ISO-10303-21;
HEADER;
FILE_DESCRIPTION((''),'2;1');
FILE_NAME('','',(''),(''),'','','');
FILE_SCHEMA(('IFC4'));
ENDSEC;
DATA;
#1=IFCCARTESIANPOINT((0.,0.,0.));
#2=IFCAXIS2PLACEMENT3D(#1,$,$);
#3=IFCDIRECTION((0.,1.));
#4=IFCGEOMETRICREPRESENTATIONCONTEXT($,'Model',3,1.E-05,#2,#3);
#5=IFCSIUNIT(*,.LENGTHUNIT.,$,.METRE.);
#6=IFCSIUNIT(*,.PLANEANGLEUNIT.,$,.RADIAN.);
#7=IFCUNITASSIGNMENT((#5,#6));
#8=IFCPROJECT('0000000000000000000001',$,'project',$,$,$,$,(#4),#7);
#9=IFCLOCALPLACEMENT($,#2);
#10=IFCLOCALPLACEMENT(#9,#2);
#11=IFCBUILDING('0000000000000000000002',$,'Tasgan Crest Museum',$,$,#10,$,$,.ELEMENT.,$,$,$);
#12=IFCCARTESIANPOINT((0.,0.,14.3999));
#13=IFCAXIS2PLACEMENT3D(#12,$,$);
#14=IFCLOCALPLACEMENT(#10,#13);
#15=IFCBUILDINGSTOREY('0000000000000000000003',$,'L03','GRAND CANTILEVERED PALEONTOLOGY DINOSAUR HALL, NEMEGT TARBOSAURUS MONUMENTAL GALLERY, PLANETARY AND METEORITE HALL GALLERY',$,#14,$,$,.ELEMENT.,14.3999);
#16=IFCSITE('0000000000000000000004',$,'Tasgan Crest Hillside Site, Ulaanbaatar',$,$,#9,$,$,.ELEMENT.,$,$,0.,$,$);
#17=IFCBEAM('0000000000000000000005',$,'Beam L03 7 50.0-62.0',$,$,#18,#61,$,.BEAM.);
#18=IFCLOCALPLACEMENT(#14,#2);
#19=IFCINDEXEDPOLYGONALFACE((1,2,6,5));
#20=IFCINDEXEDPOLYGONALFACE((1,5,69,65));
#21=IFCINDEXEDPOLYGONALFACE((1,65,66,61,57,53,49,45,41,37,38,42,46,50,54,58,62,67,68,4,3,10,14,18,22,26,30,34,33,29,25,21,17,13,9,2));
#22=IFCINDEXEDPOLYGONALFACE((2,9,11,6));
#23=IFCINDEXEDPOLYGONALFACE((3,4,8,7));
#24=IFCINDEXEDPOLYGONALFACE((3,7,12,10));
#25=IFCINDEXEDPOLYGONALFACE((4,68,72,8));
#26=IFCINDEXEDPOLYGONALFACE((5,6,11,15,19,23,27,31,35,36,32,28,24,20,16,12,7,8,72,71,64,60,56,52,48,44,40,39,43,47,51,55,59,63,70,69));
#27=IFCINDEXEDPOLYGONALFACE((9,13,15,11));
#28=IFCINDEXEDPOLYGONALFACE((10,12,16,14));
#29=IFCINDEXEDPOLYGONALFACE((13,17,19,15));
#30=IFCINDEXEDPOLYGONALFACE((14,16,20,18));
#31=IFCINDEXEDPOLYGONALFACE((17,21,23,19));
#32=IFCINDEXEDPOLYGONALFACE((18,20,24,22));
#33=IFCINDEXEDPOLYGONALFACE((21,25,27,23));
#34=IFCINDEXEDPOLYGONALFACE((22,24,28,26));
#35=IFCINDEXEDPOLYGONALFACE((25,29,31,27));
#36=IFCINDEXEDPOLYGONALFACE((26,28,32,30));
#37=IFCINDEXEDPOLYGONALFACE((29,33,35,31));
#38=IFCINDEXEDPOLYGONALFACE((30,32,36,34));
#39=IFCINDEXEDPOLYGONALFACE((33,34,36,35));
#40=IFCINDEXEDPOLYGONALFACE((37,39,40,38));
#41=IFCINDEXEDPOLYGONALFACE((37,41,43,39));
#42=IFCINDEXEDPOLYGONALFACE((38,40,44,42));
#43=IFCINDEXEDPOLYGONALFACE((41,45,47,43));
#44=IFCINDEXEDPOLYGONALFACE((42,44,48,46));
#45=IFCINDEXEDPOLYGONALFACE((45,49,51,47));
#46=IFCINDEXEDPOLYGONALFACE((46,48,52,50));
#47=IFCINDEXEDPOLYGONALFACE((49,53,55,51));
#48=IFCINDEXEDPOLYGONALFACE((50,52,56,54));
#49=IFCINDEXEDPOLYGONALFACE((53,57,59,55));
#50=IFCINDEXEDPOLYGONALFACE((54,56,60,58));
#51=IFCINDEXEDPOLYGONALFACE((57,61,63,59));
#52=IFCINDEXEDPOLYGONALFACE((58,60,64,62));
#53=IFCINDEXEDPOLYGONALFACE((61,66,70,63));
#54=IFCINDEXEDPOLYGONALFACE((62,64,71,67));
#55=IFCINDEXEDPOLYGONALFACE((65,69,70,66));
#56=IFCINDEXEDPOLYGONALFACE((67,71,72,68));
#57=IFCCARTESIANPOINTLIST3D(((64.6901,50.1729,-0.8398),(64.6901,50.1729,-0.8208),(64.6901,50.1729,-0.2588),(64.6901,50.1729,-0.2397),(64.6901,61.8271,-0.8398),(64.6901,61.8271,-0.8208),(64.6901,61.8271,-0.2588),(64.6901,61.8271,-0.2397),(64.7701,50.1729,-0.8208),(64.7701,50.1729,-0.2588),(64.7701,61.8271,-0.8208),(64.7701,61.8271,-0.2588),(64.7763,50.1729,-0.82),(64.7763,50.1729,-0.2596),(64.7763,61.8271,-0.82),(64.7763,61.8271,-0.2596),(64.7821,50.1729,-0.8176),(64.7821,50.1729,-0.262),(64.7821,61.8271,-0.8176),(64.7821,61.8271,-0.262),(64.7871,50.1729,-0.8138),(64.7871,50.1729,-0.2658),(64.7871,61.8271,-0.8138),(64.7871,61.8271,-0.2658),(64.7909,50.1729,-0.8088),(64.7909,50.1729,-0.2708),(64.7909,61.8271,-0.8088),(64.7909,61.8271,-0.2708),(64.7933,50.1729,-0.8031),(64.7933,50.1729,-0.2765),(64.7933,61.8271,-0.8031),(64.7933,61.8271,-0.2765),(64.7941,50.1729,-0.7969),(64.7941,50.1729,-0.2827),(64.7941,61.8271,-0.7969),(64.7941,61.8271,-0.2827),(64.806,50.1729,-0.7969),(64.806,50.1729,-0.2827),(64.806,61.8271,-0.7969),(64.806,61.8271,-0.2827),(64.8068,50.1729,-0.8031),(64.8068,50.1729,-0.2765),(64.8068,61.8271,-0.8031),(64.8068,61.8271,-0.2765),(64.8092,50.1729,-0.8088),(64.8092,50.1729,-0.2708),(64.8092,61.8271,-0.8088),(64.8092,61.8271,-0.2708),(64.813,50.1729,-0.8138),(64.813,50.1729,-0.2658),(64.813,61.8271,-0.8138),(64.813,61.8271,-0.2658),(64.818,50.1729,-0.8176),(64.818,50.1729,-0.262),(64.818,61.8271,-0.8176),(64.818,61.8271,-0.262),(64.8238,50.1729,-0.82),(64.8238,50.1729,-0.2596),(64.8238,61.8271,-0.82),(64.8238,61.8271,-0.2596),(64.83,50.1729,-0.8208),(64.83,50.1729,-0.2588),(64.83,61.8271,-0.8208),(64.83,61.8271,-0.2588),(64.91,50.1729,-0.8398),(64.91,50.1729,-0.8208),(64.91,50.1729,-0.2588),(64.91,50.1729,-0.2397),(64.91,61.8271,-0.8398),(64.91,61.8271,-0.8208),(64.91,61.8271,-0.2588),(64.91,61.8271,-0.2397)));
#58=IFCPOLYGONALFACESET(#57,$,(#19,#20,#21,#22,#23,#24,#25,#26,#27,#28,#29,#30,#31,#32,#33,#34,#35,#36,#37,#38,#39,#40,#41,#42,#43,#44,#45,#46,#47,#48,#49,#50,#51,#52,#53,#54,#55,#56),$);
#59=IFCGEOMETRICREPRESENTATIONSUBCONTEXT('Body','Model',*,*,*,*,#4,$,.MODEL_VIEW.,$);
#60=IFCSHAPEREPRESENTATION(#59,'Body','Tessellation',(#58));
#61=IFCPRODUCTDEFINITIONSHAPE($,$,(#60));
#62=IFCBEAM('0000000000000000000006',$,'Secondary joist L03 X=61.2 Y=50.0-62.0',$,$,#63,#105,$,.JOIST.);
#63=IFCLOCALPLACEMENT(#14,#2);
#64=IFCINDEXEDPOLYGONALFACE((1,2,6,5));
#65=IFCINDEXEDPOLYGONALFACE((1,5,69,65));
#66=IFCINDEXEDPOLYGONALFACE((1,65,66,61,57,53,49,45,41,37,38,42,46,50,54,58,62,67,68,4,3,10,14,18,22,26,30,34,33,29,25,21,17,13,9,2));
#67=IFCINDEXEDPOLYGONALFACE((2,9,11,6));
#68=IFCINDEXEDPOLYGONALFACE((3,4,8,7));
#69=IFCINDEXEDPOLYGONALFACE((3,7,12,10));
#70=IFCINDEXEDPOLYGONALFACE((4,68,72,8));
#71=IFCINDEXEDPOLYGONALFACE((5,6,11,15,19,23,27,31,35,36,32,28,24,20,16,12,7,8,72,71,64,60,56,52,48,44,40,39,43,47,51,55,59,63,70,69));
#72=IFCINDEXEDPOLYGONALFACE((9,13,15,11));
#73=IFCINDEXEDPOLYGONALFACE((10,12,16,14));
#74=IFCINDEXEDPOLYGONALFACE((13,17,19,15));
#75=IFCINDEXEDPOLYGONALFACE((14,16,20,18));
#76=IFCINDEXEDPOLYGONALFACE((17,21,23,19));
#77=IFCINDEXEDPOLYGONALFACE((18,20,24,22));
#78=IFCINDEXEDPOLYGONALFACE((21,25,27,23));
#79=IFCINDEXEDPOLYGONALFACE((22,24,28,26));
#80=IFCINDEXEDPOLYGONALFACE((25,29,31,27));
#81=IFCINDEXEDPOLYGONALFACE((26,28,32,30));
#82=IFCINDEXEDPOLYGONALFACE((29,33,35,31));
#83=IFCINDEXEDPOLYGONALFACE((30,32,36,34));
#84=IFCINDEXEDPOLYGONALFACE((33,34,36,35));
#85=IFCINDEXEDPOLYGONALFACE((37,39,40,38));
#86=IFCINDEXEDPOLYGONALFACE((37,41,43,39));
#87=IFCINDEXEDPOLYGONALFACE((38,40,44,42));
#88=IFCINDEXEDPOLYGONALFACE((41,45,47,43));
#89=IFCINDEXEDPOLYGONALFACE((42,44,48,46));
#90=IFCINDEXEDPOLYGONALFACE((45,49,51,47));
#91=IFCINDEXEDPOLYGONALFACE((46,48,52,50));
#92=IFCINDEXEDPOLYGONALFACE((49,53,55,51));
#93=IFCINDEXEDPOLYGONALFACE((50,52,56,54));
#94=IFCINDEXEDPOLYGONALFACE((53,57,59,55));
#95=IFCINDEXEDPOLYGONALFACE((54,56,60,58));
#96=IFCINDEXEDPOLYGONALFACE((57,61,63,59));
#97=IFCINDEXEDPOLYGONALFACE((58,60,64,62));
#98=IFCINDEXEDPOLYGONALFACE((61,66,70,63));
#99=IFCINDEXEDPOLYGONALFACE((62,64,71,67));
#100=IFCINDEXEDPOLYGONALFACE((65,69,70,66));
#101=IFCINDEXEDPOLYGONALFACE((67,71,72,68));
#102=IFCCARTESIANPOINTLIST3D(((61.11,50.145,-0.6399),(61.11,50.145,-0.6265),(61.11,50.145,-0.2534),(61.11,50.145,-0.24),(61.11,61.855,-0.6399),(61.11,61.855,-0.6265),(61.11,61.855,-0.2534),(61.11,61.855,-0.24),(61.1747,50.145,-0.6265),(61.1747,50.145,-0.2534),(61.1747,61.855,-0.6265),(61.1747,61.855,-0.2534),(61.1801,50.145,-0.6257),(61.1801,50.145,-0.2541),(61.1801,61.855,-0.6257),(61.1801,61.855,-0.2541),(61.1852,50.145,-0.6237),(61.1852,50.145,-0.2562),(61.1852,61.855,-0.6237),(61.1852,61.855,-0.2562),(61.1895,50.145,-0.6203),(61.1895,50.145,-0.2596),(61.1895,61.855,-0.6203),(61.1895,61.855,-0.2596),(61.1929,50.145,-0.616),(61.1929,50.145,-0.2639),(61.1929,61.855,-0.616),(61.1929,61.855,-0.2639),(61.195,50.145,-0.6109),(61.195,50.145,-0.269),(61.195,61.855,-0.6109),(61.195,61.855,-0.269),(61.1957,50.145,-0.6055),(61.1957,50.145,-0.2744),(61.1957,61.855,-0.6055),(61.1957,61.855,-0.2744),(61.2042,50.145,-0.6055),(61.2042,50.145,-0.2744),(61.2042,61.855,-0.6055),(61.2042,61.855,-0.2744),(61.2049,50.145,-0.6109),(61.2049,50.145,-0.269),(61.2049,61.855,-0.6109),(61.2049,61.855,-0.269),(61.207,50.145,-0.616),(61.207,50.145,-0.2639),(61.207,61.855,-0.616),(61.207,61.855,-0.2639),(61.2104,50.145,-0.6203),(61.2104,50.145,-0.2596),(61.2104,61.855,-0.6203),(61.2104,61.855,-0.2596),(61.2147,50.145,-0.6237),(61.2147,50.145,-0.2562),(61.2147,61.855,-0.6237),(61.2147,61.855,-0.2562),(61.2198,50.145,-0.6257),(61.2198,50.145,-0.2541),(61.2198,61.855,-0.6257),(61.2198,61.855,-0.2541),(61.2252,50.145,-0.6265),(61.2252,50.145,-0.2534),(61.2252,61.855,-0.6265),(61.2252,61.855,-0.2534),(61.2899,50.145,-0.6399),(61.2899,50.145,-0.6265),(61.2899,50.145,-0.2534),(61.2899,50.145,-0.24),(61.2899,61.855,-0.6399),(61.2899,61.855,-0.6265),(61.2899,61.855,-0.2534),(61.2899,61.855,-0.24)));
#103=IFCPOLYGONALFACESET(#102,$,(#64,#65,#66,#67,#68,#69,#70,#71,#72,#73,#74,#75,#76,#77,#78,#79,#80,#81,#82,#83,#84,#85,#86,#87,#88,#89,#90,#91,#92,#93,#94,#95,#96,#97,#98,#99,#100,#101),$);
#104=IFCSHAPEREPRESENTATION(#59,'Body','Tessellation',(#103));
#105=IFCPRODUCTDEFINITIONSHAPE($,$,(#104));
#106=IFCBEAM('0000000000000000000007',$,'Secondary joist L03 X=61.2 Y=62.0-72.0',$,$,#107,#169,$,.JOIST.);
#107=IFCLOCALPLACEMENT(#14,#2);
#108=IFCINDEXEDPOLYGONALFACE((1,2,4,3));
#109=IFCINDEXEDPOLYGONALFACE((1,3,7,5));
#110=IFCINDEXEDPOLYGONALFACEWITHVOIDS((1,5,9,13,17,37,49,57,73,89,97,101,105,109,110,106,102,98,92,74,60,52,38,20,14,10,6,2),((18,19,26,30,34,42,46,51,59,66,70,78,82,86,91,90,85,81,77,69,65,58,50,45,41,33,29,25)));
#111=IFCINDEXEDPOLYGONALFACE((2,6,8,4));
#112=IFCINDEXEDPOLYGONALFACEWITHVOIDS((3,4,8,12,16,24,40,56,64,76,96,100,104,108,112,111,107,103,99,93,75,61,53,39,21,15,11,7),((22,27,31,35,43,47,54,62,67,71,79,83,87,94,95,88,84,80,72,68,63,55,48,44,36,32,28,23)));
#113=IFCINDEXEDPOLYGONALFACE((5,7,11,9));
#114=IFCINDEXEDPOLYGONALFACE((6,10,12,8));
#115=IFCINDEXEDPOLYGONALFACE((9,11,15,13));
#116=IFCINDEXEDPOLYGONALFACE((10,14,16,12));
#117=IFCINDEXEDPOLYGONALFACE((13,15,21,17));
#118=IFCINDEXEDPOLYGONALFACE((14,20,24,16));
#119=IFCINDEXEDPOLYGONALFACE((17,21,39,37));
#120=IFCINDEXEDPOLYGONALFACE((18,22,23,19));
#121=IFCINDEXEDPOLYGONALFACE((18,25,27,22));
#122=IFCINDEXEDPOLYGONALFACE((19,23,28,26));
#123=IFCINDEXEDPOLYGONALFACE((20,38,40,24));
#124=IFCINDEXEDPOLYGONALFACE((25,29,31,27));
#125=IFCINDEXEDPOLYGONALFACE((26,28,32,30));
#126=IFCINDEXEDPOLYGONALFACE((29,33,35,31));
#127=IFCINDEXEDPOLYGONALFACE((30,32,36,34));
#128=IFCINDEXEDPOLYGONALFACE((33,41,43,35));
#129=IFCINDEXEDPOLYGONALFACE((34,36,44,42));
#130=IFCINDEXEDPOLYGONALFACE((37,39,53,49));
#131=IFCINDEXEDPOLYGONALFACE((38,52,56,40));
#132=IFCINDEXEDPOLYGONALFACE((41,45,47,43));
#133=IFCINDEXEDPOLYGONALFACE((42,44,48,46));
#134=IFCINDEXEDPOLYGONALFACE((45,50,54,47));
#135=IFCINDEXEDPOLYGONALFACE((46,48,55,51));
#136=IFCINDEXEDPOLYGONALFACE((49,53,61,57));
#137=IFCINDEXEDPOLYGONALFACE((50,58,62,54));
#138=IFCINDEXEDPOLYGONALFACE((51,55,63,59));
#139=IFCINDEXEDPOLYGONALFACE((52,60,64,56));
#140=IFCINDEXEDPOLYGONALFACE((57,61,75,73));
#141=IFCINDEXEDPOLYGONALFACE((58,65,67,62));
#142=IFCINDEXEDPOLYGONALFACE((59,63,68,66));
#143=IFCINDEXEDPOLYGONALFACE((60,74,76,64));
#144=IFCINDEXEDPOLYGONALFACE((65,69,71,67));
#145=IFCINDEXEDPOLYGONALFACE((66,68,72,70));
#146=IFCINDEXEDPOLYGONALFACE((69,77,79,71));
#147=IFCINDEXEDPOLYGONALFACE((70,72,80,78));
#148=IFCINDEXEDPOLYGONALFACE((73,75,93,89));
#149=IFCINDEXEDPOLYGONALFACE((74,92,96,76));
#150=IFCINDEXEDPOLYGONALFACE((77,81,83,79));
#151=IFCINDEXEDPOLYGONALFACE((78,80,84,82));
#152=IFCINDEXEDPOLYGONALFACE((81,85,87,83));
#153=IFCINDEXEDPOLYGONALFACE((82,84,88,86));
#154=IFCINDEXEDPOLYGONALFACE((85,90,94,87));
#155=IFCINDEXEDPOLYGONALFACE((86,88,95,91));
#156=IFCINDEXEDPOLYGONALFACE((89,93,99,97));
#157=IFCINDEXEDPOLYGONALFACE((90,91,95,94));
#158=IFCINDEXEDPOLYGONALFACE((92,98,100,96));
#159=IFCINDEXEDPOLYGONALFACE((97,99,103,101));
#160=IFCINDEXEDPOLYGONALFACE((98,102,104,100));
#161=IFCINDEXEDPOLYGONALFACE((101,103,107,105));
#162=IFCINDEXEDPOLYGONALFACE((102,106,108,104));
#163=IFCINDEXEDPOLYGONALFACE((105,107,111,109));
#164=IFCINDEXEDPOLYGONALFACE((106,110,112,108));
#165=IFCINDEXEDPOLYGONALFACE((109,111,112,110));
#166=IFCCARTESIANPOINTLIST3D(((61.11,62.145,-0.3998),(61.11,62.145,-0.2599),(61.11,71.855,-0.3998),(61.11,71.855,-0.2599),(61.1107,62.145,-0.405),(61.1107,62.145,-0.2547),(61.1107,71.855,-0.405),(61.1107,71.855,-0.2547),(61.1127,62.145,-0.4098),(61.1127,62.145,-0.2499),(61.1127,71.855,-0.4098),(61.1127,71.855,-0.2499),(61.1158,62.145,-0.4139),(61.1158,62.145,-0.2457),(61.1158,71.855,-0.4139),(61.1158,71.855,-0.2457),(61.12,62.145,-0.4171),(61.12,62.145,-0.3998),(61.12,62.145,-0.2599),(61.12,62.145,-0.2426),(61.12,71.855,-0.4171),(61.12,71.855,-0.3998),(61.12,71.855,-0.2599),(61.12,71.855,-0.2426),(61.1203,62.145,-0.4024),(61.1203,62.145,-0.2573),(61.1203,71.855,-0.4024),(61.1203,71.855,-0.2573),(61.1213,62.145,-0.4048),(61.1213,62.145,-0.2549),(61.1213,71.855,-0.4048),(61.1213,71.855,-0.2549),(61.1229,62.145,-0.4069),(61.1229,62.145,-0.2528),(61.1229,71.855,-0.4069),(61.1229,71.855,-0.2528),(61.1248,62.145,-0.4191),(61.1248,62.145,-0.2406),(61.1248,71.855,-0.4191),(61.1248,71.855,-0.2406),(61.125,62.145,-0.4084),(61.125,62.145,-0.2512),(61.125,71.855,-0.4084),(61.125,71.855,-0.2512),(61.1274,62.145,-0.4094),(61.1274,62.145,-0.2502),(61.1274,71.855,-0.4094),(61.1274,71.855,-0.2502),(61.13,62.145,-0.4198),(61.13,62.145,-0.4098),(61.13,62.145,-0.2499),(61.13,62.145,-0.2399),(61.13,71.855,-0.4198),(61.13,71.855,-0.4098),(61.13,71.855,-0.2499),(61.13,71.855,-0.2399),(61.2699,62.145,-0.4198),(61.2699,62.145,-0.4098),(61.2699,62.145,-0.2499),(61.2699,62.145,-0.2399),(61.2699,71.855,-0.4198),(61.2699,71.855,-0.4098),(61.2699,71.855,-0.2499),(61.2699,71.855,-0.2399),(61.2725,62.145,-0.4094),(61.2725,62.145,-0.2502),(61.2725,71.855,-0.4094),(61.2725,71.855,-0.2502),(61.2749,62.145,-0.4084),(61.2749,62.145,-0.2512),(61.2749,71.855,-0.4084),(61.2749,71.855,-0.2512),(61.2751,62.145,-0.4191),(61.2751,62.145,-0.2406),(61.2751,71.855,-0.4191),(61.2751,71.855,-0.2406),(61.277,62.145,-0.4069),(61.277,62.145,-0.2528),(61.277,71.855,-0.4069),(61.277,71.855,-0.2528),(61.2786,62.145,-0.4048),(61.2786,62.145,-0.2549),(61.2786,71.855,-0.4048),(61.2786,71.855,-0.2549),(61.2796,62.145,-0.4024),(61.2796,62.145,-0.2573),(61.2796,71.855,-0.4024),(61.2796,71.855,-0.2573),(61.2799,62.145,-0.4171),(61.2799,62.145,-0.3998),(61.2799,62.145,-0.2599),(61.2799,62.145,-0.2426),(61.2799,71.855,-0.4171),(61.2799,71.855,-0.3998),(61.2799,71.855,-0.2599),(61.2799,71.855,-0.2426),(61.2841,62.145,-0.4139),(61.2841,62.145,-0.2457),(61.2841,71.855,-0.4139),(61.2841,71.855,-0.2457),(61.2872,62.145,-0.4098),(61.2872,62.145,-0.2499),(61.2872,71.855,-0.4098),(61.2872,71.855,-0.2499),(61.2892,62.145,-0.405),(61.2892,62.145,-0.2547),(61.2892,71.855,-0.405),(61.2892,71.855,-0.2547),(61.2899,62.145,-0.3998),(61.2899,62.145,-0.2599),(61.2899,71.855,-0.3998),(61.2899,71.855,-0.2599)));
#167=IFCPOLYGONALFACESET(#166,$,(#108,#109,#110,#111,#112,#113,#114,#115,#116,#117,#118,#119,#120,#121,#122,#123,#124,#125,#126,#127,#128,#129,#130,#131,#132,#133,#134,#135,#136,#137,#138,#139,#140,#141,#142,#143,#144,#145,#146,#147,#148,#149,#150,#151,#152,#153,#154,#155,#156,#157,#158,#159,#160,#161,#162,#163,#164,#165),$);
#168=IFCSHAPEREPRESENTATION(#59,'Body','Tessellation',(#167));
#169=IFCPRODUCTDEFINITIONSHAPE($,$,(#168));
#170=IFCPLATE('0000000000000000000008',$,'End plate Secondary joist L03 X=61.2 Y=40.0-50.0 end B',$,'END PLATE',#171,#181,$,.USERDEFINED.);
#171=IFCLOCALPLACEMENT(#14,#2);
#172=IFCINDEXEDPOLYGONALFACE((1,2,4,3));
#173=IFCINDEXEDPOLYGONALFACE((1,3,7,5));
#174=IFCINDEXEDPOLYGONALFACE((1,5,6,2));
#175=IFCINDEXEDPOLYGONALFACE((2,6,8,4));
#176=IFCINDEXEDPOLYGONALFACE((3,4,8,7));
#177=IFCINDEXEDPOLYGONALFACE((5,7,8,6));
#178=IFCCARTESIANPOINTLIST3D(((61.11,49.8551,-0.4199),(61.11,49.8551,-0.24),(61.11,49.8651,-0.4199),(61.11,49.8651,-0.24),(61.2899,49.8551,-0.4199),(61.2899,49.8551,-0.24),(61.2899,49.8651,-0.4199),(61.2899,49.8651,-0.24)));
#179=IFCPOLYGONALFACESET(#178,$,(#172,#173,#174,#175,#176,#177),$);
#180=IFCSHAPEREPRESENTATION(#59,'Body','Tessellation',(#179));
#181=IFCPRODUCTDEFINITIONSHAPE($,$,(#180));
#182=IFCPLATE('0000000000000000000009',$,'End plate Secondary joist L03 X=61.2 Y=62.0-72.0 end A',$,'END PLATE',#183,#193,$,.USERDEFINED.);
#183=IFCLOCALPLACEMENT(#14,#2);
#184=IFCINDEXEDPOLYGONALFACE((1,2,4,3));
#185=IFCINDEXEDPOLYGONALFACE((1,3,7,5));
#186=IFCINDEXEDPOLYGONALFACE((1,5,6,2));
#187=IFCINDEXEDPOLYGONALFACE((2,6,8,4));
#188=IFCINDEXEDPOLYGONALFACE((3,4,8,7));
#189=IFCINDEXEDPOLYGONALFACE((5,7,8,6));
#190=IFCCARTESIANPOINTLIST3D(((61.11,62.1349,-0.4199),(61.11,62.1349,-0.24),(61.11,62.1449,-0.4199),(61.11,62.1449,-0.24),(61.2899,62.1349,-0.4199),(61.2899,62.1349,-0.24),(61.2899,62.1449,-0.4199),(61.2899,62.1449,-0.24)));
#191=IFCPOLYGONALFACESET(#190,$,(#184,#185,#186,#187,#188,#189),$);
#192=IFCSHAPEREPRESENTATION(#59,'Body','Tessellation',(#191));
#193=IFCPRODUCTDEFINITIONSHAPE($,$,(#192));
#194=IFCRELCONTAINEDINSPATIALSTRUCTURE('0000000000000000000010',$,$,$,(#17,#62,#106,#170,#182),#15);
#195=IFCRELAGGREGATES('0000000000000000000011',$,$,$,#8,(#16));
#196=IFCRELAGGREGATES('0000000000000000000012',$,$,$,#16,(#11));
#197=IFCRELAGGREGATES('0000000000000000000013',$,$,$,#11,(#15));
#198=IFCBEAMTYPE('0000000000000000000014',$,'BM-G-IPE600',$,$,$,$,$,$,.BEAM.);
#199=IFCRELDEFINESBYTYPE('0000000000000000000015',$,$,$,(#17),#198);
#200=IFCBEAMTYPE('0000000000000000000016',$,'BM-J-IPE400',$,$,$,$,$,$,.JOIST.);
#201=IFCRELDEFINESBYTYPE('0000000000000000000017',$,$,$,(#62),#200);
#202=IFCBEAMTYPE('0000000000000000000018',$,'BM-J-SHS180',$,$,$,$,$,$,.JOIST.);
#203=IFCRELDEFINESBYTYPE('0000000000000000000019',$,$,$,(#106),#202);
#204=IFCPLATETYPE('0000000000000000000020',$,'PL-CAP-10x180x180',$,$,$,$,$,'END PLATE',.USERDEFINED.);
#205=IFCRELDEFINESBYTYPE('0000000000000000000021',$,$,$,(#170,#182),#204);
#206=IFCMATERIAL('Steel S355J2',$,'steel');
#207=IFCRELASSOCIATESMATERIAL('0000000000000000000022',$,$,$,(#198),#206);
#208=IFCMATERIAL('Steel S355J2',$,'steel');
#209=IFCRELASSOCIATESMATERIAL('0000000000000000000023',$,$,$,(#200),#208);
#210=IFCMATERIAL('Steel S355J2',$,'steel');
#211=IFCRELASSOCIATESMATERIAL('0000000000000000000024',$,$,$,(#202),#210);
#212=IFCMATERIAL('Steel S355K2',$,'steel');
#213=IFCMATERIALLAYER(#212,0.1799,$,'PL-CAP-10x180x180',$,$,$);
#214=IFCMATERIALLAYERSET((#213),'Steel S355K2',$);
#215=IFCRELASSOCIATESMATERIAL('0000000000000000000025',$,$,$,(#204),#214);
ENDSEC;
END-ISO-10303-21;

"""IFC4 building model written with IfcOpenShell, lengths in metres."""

from ifc_helpers import new_model, si_unit, direction, frame, origin, origin_2d, place, context, subcontext, project, spatial, rectangle, hollow_rectangle, i_section, extrude, material, layer, layer_set, material_profile, profile_set, type_object, element, save


model = new_model("IFC4")

# Units and contexts
model_context = context("Model", 3, precision=1e-05, world=origin(), true_north=direction((0.0, 1.0)))
body_context = subcontext(model_context, "Body", "Model", "MODEL_VIEW")
ifc_project = project(units=[si_unit("LENGTHUNIT", "METRE"), si_unit("PLANEANGLEUNIT", "RADIAN")], contexts=[model_context])

# Site, building, storey
site_placement = place(None, origin())
site = spatial("IfcSite", under=ifc_project, at=site_placement, Name="Tasgan Crest Hillside Site, Ulaanbaatar", CompositionType="ELEMENT", RefElevation=0.0)
building_placement = place(site_placement, origin())
building = spatial("IfcBuilding", under=site, at=building_placement, Name="Tasgan Crest Museum", CompositionType="ELEMENT")
storey_placement = place(building_placement, frame((0.0, 0.0, 14.3999)))
storey = spatial("IfcBuildingStorey", under=building, at=storey_placement, Name="L03", Description="GRAND CANTILEVERED PALEONTOLOGY DINOSAUR HALL, NEMEGT TARBOSAURUS MONUMENTAL GALLERY, PLANETARY AND METEORITE HALL GALLERY", CompositionType="ELEMENT", Elevation=14.3999)

# Beams
ifc_material_1 = material(Name="Steel S355J2", Category="steel")
ifc_material_profile_1 = material_profile(ifc_material_1, i_section(OverallWidth=0.22, OverallDepth=0.6001, WebThickness=0.012, FlangeThickness=0.019, FilletRadius=0.0239, at=origin_2d()), Name="IPE 600")
ifc_profile_set_1 = profile_set([ifc_material_profile_1], Name="Steel S355J2")
beam_type_1 = type_object("IfcBeamType", Name="BM-G-IPE600", PredefinedType="BEAM", material=ifc_profile_set_1)
beam_1_placement = place(storey_placement, frame((64.8, 50.1729, -0.5398), z_axis=(0.0, 1.0, 0.0), x_axis=(-1.0, 0.0, 0.0)))
element("IfcBeam", 1, at=beam_1_placement, inside=storey, type_object=beam_type_1, Name="Beam L03 7 50.0-62.0", PredefinedType="BEAM", context=body_context, shape_type="SweptSolid", body=[
    extrude(i_section(OverallWidth=0.22, OverallDepth=0.6001, WebThickness=0.012, FlangeThickness=0.019, FilletRadius=0.0239, at=origin_2d()), origin(), (0.0, 0.0, 1.0), 11.6543),
])
ifc_material_2 = material(Name="Steel S355J2", Category="steel")
ifc_material_profile_2 = material_profile(ifc_material_2, i_section(OverallWidth=0.1799, OverallDepth=0.3999, WebThickness=0.0085, FlangeThickness=0.0134, FilletRadius=0.021, at=origin_2d()), Name="IPE 400")
ifc_profile_set_2 = profile_set([ifc_material_profile_2], Name="Steel S355J2")
beam_type_2 = type_object("IfcBeamType", Name="BM-J-IPE400", PredefinedType="JOIST", material=ifc_profile_set_2)
beam_2_placement = place(storey_placement, frame((61.2, 50.145, -0.4399), z_axis=(0.0, 1.0, 0.0), x_axis=(-1.0, 0.0, 0.0)))
element("IfcBeam", 2, at=beam_2_placement, inside=storey, type_object=beam_type_2, Name="Secondary joist L03 X=61.2 Y=50.0-62.0", PredefinedType="JOIST", context=body_context, shape_type="SweptSolid", body=[
    extrude(i_section(OverallWidth=0.1799, OverallDepth=0.3999, WebThickness=0.0085, FlangeThickness=0.0134, FilletRadius=0.021, at=origin_2d()), origin(), (0.0, 0.0, 1.0), 11.71),
])
ifc_material_3 = material(Name="Steel S355J2", Category="steel")
ifc_material_profile_3 = material_profile(ifc_material_3, hollow_rectangle(XDim=0.1799, YDim=0.1799, WallThickness=0.01, InnerFilletRadius=0.01, OuterFilletRadius=0.02, at=origin_2d()), Name="SHS 180x180x10")
ifc_profile_set_3 = profile_set([ifc_material_profile_3], Name="Steel S355J2")
beam_type_3 = type_object("IfcBeamType", Name="BM-J-SHS180", PredefinedType="JOIST", material=ifc_profile_set_3)
beam_3_placement = place(storey_placement, frame((61.2, 62.145, -0.3298), z_axis=(0.0, 1.0, 0.0), x_axis=(-1.0, 0.0, 0.0)))
element("IfcBeam", 3, at=beam_3_placement, inside=storey, type_object=beam_type_3, Name="Secondary joist L03 X=61.2 Y=62.0-72.0", PredefinedType="JOIST", context=body_context, shape_type="SweptSolid", body=[
    extrude(hollow_rectangle(XDim=0.1799, YDim=0.1799, WallThickness=0.01, InnerFilletRadius=0.01, OuterFilletRadius=0.02, at=origin_2d()), origin(), (0.0, 0.0, 1.0), 9.71),
])

# Plates
ifc_material_4 = material(Name="Steel S355K2", Category="steel")
ifc_layer = layer(ifc_material_4, 0.1799, Name="PL-CAP-10x180x180")
ifc_layer_set = layer_set([ifc_layer], Name="Steel S355K2")
plate_type = type_object("IfcPlateType", Name="PL-CAP-10x180x180", ElementType="END PLATE", PredefinedType="USERDEFINED", material=ifc_layer_set)
for number, where, z_axis, x_axis, name in (
    (4, (61.2, 49.8601, -0.4199), (0.0, 0.0, 1.0), (0.0, 1.0, 0.0), "End plate Secondary joist L03 X=61.2 Y=40.0-50.0 end B"),
    (5, (61.2, 62.1399, -0.4199), (0.0, 0.0, 1.0), (0.0, 1.0, 0.0), "End plate Secondary joist L03 X=61.2 Y=62.0-72.0 end A"),
):
    element("IfcPlate", number, at=place(storey_placement, frame(where, z_axis=z_axis, x_axis=x_axis)), inside=storey, type_object=plate_type, Name=name, ObjectType="END PLATE", PredefinedType="USERDEFINED", context=body_context, shape_type="SweptSolid", body=[
        extrude(rectangle(XDim=0.01, YDim=0.1799, at=origin_2d()), origin(), (0.0, 0.0, 1.0), 0.1799),
    ])

save(model, "model.ifc")
